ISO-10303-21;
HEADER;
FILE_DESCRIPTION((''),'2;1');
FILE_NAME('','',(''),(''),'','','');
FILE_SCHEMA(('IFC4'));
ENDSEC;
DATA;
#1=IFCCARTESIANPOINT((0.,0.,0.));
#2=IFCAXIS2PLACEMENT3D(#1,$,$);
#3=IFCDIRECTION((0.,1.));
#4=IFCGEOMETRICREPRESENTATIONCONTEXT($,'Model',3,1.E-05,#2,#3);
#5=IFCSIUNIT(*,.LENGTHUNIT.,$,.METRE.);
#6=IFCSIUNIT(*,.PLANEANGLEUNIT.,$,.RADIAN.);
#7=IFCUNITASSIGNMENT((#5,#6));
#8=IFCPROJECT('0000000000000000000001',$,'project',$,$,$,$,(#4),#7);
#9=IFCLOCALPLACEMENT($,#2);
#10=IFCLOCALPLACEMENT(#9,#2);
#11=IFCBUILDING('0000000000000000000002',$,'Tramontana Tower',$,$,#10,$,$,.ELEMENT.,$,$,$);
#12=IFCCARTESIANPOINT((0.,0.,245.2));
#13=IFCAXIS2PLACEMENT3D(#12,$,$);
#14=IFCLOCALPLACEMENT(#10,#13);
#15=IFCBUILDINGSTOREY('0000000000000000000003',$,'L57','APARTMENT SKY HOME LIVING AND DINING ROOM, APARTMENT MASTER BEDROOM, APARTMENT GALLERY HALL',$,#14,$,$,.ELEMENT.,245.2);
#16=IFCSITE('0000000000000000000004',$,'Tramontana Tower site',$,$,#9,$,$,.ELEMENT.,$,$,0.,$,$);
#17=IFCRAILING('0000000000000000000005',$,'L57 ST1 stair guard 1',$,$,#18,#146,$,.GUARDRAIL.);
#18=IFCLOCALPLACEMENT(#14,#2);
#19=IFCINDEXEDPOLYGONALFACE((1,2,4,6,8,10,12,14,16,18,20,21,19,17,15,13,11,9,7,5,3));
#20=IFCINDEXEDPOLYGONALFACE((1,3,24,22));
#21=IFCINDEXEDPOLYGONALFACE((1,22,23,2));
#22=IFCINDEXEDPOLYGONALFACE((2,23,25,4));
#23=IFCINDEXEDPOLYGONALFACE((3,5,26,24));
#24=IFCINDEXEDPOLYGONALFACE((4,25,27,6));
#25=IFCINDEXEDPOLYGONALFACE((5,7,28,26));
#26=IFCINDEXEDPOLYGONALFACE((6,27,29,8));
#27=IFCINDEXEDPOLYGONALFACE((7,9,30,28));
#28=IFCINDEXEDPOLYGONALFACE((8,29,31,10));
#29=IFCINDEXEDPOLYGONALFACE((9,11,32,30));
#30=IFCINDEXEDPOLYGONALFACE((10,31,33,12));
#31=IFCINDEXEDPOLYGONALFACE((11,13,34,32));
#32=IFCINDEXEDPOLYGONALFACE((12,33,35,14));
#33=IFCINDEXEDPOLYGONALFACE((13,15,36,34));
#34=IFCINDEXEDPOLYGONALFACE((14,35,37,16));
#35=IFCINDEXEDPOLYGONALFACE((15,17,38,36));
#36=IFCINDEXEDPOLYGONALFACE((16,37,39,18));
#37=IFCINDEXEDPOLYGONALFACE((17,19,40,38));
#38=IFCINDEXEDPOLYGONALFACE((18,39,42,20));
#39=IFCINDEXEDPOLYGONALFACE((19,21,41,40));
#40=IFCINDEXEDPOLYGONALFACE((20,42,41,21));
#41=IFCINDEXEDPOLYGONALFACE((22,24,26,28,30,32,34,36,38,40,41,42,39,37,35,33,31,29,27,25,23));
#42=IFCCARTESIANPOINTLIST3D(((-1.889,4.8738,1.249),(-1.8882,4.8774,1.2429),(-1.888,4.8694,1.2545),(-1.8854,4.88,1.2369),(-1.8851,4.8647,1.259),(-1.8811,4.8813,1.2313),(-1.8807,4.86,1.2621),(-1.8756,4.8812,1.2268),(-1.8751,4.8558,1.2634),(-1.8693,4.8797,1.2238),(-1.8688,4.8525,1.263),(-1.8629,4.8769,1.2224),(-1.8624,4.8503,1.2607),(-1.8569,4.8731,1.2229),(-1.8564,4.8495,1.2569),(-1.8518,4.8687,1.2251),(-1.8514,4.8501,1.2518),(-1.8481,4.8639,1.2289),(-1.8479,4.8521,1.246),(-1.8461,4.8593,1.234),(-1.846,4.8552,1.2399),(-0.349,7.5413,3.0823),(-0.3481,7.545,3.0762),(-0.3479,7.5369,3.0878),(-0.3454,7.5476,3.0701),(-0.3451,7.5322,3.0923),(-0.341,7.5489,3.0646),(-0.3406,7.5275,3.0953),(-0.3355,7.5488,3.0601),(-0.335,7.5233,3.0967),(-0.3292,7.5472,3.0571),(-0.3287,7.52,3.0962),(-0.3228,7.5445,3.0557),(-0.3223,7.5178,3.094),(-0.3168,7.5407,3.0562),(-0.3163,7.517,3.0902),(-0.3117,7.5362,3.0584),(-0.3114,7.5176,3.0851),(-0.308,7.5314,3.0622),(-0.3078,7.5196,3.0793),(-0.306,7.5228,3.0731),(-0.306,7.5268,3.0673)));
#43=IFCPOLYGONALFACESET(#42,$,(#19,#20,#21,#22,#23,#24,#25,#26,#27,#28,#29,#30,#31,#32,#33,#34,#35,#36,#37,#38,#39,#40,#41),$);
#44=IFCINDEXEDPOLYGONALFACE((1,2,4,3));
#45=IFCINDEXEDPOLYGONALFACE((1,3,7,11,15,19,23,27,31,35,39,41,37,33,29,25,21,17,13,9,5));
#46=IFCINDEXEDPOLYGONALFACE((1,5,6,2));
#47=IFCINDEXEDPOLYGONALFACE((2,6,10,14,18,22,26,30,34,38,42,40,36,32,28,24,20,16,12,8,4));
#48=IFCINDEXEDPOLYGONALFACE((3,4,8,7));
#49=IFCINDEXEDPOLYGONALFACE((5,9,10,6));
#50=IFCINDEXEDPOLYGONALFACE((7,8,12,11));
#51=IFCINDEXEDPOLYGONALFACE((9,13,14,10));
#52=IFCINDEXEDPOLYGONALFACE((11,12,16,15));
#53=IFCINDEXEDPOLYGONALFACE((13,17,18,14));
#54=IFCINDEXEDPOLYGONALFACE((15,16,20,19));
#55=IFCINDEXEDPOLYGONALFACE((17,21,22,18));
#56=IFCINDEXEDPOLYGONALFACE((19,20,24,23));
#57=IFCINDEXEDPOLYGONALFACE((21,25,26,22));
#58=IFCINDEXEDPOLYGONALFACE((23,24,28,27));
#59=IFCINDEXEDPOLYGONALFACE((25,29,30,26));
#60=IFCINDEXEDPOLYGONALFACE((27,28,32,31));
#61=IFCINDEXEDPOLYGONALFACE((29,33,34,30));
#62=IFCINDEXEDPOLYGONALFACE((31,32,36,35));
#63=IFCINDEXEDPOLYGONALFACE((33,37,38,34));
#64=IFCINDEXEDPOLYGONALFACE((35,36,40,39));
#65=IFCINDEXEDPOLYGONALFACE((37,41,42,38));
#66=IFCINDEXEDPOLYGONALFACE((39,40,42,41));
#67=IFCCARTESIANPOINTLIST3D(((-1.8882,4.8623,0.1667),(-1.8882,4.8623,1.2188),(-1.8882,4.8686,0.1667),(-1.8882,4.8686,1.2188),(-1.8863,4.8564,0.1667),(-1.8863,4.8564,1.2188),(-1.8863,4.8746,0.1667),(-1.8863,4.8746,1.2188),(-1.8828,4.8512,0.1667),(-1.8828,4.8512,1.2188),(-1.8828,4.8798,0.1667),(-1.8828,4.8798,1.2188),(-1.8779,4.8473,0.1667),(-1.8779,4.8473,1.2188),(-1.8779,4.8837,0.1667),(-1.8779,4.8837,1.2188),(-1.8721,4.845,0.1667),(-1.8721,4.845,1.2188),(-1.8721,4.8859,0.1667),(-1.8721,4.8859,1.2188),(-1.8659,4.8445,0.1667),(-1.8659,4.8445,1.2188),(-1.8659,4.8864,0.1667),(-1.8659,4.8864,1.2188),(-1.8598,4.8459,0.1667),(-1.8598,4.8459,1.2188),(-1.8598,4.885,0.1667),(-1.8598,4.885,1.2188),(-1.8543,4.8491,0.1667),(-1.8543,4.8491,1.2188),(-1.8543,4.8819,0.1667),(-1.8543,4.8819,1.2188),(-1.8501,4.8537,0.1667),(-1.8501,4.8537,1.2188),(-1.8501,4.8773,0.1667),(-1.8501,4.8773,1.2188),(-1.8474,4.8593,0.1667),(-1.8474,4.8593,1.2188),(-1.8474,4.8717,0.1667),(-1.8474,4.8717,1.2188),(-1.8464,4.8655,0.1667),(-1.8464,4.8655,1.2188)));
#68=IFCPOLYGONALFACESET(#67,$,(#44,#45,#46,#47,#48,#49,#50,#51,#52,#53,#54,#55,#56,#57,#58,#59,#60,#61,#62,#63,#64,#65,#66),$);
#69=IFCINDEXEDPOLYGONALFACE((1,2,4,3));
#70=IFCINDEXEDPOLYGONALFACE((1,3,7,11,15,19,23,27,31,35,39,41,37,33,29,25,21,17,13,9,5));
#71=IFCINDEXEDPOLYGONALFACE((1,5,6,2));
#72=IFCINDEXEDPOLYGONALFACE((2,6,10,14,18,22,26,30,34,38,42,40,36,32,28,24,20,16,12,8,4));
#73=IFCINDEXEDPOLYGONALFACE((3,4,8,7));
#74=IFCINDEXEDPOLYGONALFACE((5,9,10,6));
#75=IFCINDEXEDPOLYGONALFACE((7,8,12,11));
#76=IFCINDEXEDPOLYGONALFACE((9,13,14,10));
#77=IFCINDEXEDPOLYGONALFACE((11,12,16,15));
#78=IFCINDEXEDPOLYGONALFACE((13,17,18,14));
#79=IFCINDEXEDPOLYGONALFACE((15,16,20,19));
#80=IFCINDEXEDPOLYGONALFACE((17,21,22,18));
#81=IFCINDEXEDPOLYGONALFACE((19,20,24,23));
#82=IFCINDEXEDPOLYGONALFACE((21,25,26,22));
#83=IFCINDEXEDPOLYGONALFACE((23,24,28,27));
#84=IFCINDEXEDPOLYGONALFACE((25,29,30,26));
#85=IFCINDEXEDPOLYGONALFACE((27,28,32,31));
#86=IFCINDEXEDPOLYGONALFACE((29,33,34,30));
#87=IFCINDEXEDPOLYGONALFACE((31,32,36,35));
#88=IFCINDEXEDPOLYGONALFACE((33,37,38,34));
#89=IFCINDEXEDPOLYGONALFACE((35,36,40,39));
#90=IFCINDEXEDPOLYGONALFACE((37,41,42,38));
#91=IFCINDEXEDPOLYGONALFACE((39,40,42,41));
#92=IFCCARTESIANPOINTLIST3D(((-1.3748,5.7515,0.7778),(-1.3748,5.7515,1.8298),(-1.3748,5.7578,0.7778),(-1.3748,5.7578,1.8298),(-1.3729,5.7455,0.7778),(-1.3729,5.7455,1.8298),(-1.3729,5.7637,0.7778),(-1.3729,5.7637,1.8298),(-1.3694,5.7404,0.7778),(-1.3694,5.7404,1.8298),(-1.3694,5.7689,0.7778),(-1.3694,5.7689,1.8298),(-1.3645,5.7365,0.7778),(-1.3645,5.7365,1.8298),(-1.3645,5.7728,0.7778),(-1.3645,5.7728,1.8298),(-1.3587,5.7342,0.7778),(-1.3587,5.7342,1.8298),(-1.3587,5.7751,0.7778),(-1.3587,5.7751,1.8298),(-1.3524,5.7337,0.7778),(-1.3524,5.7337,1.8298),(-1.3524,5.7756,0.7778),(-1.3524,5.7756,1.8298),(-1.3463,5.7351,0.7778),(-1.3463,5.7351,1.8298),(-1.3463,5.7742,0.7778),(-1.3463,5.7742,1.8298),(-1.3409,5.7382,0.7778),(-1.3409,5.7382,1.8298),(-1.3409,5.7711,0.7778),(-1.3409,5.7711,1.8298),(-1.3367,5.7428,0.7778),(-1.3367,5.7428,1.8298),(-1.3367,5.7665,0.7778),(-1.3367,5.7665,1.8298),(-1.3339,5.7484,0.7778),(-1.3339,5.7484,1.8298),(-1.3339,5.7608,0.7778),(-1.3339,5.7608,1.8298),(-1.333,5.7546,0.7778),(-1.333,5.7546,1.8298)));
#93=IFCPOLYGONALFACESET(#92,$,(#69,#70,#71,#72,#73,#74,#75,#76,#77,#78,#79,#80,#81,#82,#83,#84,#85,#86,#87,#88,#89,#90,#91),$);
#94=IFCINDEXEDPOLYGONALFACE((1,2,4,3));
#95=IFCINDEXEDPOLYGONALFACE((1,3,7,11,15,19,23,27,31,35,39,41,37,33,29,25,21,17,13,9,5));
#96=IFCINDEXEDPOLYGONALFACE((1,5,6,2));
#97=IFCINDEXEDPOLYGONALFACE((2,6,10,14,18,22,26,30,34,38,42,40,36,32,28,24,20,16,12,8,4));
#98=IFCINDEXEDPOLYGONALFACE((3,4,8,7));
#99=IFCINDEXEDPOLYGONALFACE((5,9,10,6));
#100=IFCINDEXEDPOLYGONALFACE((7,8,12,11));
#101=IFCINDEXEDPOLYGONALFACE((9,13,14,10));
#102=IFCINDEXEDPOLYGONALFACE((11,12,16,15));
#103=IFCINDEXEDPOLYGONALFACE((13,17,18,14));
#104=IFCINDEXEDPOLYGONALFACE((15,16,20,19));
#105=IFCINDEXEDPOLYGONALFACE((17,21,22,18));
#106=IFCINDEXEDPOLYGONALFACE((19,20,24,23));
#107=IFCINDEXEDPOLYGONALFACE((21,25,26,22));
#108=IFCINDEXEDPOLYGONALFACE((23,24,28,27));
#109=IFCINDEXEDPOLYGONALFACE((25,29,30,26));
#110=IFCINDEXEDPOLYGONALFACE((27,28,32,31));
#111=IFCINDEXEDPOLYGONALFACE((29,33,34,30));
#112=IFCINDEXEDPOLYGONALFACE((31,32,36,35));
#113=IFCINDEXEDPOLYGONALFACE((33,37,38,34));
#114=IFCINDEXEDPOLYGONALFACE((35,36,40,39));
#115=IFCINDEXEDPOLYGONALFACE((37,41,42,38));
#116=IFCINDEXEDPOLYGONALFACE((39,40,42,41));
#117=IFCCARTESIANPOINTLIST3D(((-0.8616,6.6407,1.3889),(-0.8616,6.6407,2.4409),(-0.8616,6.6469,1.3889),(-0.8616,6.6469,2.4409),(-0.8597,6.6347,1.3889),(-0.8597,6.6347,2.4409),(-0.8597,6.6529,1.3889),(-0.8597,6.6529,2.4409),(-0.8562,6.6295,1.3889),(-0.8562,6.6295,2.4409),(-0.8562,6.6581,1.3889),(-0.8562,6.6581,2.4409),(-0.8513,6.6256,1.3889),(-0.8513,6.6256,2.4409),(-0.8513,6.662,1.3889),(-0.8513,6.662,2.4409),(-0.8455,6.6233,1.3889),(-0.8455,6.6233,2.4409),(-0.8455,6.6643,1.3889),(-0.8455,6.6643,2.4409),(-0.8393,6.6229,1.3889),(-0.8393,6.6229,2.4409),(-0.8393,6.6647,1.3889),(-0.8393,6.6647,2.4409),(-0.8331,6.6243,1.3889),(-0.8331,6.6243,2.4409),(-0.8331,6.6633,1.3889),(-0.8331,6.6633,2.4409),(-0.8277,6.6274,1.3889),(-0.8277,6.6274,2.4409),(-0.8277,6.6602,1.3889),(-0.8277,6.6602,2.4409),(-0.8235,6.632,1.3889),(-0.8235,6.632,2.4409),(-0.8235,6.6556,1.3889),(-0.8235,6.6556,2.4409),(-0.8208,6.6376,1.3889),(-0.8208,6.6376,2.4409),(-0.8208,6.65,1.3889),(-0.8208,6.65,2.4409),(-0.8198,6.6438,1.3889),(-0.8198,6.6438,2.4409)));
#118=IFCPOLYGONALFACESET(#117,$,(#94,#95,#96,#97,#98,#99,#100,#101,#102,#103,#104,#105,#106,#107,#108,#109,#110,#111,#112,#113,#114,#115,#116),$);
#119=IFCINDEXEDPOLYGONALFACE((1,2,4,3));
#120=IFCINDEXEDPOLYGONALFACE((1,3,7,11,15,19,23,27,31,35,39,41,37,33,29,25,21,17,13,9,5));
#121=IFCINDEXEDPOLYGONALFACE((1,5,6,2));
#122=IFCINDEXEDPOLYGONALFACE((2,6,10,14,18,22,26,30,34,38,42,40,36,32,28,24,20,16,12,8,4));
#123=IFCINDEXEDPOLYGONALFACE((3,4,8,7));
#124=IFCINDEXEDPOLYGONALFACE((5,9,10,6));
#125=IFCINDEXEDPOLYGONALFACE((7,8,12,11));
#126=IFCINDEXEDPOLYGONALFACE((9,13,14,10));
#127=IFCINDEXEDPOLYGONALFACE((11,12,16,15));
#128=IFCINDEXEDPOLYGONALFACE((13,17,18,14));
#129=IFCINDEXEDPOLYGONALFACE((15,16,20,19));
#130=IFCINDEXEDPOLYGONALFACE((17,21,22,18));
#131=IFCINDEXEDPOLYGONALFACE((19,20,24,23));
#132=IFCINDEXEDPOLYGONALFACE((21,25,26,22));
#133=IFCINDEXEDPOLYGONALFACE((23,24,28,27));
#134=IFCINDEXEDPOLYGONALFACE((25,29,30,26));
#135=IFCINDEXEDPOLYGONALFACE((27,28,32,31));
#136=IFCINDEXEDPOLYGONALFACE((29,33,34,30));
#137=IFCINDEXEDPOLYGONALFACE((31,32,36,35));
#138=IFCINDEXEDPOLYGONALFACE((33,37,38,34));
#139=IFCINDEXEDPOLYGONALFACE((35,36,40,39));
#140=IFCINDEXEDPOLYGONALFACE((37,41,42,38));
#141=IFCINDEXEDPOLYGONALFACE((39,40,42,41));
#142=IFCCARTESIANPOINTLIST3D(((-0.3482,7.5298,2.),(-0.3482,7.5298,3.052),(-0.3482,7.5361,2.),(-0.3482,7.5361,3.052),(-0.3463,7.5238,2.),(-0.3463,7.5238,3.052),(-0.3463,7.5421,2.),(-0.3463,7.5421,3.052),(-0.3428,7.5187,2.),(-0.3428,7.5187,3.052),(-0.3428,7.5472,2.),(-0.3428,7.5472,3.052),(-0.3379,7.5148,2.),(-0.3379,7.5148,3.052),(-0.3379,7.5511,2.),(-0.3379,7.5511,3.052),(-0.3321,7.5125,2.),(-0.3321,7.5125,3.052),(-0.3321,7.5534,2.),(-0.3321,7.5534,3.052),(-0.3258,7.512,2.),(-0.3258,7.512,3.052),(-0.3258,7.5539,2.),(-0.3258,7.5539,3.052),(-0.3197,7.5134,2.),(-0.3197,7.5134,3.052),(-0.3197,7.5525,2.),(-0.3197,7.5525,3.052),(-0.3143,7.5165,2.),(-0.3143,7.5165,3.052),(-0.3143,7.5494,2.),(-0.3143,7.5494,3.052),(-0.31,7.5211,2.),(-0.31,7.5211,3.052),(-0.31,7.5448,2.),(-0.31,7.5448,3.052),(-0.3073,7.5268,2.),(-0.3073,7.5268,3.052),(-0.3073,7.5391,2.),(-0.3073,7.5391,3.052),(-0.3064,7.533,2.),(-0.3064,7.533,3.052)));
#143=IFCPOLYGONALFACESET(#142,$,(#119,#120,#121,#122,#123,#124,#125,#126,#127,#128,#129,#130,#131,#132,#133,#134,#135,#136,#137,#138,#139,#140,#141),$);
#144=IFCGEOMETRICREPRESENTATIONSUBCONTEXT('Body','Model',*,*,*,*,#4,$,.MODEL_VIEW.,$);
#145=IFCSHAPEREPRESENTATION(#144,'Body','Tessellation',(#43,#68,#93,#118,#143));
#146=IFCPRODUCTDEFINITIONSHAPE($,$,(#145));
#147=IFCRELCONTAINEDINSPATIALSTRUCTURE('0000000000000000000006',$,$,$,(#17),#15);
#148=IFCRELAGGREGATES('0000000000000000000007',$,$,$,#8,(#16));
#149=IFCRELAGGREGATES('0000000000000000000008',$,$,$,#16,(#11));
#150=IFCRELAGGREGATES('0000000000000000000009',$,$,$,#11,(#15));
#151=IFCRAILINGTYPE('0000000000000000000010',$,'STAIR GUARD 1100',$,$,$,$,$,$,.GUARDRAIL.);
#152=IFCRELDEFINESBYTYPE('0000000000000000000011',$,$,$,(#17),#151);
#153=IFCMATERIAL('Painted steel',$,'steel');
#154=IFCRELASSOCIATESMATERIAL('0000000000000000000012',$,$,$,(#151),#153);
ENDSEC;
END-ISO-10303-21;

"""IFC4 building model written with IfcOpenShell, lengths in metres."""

from ifc_helpers import new_model, si_unit, direction, frame, origin, origin_2d, place, context, subcontext, project, spatial, circle, extrude, material, type_object, element, save


model = new_model("IFC4")

# Units and contexts
model_context = context("Model", 3, precision=1e-05, world=origin(), true_north=direction((0.0, 1.0)))
body_context = subcontext(model_context, "Body", "Model", "MODEL_VIEW")
ifc_project = project(units=[si_unit("LENGTHUNIT", "METRE"), si_unit("PLANEANGLEUNIT", "RADIAN")], contexts=[model_context])

# Site, building, storey
site_placement = place(None, origin())
site = spatial("IfcSite", under=ifc_project, at=site_placement, Name="Tramontana Tower site", CompositionType="ELEMENT", RefElevation=0.0)
building_placement = place(site_placement, origin())
building = spatial("IfcBuilding", under=site, at=building_placement, Name="Tramontana Tower", CompositionType="ELEMENT")
storey_placement = place(building_placement, frame((0.0, 0.0, 245.2)))
storey = spatial("IfcBuildingStorey", under=building, at=storey_placement, Name="L57", Description="APARTMENT SKY HOME LIVING AND DINING ROOM, APARTMENT MASTER BEDROOM, APARTMENT GALLERY HALL", CompositionType="ELEMENT", Elevation=245.2)

# Railing
ifc_material_1 = material(Name="Painted steel", Category="steel")
railing_type_1 = type_object("IfcRailingType", Name="STAIR GUARD 1100", PredefinedType="GUARDRAIL", material=ifc_material_1)
railing_1_placement = place(storey_placement, frame((-1.8674, 4.8655, 0.1667)))
element("IfcRailing", 1, at=railing_1_placement, inside=storey, type_object=railing_type_1, Name="L57 ST1 stair guard 1", PredefinedType="GUARDRAIL", context=body_context, shape_type="SweptSolid", body=[
    extrude(circle(Radius=0.0239, at=origin_2d()), frame((0.0, 0.0, 1.0762), z_axis=(0.429649, 0.74419, 0.511452), x_axis=(-0.86603, 0.499992, 0.0)), (0.0, 0.0, 1.0), 3.5845),
    extrude(circle(Radius=0.021, at=origin_2d()), origin(), (0.0, 0.0, 1.0), 1.052),
    extrude(circle(Radius=0.021, at=origin_2d()), frame((0.5134, 0.8892, 0.6111)), (0.0, 0.0, 1.0), 1.052),
    extrude(circle(Radius=0.021, at=origin_2d()), frame((1.0266, 1.7783, 1.2222)), (0.0, 0.0, 1.0), 1.052),
    extrude(circle(Radius=0.021, at=origin_2d()), frame((1.54, 2.6675, 1.8333)), (0.0, 0.0, 1.0), 1.052),
])

save(model, "model.ifc")
